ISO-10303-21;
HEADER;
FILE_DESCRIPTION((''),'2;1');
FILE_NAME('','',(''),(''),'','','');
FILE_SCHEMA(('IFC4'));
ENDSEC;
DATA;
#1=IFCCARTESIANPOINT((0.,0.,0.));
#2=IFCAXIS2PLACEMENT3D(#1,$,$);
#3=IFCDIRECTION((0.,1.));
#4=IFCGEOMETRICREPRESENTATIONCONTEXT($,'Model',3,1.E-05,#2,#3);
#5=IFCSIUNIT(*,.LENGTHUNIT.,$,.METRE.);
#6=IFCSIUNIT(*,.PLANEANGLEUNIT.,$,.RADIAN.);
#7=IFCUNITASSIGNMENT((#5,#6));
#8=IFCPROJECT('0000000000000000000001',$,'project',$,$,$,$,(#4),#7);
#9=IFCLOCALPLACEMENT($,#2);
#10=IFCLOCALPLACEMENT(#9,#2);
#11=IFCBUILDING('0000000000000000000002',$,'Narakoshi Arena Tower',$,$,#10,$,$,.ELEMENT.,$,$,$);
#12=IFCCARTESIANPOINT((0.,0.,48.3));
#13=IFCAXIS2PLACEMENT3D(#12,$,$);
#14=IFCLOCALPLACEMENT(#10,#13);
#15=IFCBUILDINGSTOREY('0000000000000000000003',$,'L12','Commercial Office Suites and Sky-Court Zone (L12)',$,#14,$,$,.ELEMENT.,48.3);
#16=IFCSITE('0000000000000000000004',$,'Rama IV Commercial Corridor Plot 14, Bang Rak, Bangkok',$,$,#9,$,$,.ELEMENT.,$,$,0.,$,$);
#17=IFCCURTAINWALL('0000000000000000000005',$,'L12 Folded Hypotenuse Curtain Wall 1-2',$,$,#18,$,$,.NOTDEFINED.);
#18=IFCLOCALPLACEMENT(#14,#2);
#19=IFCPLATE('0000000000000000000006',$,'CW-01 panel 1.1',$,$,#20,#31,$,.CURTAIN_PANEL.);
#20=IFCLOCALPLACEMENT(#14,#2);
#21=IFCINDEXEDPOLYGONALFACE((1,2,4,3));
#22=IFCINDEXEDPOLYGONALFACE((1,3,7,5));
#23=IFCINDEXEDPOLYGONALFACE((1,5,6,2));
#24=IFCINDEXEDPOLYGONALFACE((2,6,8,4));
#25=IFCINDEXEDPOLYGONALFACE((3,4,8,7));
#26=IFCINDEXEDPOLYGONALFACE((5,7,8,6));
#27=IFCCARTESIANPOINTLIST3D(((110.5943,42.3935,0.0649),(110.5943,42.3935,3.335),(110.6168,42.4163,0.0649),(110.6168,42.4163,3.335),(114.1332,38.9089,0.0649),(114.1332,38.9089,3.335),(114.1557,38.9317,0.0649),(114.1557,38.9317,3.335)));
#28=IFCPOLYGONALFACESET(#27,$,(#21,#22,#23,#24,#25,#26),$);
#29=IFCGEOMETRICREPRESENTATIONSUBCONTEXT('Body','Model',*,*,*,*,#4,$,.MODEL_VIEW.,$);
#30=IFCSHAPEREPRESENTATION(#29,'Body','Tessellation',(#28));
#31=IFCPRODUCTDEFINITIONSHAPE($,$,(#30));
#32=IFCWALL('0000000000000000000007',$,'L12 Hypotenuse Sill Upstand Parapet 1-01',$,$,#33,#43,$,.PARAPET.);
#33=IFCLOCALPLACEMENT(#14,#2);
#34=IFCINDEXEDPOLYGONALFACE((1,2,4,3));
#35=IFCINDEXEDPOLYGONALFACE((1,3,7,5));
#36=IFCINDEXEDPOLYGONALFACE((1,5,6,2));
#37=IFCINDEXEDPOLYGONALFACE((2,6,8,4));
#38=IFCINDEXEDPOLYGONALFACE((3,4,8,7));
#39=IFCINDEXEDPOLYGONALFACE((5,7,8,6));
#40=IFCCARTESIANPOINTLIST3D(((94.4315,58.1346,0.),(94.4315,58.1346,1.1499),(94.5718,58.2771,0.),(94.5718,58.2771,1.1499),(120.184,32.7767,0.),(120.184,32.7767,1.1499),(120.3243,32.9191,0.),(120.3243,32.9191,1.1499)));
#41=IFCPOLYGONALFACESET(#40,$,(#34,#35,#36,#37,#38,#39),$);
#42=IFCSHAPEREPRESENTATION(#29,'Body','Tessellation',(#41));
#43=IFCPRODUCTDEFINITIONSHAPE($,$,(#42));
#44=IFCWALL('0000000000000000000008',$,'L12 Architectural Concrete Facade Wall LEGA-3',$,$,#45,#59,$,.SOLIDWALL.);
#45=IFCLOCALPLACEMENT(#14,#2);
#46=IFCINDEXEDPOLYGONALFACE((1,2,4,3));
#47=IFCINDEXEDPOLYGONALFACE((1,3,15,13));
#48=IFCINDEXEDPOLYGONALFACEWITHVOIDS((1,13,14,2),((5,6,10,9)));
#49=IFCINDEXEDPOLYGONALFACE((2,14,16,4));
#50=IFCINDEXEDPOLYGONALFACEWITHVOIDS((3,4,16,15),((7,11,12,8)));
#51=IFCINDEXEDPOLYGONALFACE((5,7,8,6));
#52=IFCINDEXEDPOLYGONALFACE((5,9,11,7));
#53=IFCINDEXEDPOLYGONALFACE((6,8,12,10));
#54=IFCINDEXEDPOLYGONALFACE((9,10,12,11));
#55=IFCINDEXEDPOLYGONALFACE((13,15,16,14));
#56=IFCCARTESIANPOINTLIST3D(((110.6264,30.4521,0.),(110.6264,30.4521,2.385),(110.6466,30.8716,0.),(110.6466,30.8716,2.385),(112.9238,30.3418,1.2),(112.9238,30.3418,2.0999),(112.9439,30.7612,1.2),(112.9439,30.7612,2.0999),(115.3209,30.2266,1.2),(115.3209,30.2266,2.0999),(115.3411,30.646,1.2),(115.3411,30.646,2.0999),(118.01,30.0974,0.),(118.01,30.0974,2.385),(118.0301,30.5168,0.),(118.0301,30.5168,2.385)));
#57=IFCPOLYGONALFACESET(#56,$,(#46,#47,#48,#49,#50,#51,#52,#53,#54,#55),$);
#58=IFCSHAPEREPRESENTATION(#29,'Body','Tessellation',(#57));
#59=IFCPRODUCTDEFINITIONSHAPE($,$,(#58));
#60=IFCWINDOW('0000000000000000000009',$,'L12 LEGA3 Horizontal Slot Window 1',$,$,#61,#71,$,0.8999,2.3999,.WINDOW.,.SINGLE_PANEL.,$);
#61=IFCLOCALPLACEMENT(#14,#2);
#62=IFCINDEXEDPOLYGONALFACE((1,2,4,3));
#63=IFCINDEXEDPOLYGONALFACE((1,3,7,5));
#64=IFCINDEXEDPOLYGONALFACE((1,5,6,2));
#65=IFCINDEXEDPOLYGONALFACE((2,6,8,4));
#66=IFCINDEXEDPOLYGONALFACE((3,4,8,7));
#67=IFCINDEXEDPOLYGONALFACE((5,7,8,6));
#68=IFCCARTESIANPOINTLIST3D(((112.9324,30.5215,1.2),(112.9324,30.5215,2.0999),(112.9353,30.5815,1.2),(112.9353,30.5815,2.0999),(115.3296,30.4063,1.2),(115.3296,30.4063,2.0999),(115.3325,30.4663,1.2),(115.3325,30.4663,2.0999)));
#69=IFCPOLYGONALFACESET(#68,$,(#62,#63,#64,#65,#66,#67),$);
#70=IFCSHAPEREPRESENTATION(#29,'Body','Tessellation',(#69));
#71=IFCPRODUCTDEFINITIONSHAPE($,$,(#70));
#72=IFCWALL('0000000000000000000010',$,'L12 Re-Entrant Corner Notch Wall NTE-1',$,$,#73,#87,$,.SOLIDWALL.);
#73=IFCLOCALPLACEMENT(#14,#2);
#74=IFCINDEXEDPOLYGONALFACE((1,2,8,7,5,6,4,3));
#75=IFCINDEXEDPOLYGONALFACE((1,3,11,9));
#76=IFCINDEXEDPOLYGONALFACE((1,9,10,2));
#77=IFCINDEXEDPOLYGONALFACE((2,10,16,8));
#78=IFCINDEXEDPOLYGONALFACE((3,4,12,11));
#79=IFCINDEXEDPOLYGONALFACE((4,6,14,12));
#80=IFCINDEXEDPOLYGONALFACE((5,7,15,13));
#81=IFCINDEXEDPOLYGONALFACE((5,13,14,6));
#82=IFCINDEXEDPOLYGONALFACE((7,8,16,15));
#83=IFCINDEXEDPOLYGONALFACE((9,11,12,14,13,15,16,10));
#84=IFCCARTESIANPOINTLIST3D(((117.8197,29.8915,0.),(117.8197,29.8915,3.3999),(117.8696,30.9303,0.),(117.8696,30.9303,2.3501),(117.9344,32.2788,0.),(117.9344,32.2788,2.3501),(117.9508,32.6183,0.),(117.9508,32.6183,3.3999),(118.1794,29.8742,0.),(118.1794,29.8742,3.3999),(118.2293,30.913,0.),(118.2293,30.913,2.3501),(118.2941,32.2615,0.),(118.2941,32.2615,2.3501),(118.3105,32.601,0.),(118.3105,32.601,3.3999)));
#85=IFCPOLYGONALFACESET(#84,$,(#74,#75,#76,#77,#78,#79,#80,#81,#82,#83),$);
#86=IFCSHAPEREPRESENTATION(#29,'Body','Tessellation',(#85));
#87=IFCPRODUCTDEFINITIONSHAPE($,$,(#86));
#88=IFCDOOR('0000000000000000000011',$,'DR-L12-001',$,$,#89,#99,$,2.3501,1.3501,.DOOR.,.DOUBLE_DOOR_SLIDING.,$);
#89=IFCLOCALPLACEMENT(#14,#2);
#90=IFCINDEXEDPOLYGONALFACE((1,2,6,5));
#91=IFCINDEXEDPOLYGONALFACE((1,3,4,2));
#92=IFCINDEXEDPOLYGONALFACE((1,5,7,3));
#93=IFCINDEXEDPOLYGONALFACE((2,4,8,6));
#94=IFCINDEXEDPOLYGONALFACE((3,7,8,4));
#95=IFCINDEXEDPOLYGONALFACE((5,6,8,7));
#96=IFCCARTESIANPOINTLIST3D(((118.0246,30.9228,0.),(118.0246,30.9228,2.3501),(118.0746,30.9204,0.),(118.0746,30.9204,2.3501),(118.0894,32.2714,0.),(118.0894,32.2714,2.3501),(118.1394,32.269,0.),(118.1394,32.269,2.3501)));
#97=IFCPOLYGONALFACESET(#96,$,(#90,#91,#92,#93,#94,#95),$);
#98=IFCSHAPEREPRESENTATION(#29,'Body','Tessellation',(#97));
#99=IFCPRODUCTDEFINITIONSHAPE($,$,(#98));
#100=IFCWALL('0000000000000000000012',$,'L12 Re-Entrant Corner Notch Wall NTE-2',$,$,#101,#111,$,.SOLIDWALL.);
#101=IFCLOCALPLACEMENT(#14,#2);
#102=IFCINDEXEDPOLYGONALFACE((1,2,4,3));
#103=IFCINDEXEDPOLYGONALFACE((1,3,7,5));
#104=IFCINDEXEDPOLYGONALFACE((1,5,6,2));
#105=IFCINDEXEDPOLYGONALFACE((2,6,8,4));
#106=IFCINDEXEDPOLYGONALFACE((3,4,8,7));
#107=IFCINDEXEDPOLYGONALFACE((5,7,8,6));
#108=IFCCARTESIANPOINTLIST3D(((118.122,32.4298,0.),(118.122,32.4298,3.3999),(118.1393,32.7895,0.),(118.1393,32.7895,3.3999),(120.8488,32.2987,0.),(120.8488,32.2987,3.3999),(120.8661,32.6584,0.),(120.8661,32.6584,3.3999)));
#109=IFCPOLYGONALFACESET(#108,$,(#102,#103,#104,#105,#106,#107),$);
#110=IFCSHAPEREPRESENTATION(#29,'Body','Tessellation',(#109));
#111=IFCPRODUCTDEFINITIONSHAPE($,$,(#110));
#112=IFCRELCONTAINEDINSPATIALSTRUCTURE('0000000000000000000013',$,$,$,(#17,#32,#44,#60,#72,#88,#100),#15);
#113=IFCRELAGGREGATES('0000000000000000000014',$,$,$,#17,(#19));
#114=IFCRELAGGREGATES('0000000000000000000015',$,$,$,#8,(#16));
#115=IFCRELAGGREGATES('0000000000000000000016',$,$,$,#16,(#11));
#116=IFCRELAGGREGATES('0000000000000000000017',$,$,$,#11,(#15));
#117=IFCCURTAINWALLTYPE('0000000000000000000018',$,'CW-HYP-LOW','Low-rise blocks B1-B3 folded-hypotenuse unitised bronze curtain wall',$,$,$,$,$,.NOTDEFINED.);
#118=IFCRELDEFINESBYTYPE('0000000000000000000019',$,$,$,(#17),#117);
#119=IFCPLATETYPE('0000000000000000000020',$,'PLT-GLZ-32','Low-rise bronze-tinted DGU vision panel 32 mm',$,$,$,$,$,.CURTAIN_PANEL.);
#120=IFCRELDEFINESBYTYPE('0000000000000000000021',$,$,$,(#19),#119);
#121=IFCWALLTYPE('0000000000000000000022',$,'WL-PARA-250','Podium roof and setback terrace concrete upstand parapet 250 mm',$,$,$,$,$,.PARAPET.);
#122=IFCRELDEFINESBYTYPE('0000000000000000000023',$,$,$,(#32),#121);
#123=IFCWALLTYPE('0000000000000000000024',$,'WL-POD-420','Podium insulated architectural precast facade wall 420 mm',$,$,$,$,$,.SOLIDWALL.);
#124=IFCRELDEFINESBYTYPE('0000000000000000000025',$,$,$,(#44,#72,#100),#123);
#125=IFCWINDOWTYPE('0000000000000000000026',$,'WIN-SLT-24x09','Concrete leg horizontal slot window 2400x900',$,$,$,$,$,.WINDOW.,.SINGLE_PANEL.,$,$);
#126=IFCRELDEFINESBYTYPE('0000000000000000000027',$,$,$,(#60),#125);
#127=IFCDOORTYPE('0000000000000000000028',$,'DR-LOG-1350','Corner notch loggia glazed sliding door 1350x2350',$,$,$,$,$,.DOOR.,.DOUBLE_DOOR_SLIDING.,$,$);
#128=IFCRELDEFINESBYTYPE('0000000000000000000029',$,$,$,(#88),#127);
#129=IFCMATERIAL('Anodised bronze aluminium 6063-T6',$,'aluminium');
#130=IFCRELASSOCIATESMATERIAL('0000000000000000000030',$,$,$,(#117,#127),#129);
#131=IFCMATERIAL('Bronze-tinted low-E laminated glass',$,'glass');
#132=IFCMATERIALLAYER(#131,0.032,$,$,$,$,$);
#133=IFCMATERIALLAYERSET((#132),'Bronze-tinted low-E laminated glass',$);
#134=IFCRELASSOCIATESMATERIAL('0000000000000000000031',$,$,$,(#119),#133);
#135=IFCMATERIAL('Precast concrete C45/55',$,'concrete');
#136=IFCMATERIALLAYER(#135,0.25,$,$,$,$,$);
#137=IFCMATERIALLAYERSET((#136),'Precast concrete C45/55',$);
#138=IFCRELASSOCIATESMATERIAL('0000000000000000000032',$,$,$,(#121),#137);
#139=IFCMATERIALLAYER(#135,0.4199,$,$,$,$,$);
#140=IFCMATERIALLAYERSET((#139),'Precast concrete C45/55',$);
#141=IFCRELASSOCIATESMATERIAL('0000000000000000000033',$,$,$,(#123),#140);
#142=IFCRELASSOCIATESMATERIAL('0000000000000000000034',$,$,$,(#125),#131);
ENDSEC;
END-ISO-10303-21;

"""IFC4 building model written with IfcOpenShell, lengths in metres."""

from ifc_helpers import new_model, si_unit, direction, frame, frame_2d, origin, origin_2d, place, context, subcontext, project, spatial, rectangle, extrude, material, layer, layer_set, type_object, element, fill, aggregate, save


model = new_model("IFC4")

# Units and contexts
model_context = context("Model", 3, precision=1e-05, world=origin(), true_north=direction((0.0, 1.0)))
body_context = subcontext(model_context, "Body", "Model", "MODEL_VIEW")
ifc_project = project(units=[si_unit("LENGTHUNIT", "METRE"), si_unit("PLANEANGLEUNIT", "RADIAN")], contexts=[model_context])

# Site, building, storey
site_placement = place(None, origin())
site = spatial("IfcSite", under=ifc_project, at=site_placement, Name="Rama IV Commercial Corridor Plot 14, Bang Rak, Bangkok", CompositionType="ELEMENT", RefElevation=0.0)
building_placement = place(site_placement, origin())
building = spatial("IfcBuilding", under=site, at=building_placement, Name="Narakoshi Arena Tower", CompositionType="ELEMENT")
storey_placement = place(building_placement, frame((0.0, 0.0, 48.3)))
storey = spatial("IfcBuildingStorey", under=building, at=storey_placement, Name="L12", Description="Commercial Office Suites and Sky-Court Zone (L12)", CompositionType="ELEMENT", Elevation=48.3)

# Curtain wall
ifc_material_1 = material(Name="Anodised bronze aluminium 6063-T6", Category="aluminium")
curtain_wall_type = type_object("IfcCurtainWallType", Name="CW-HYP-LOW", Description="Low-rise blocks B1-B3 folded-hypotenuse unitised bronze curtain wall", PredefinedType="NOTDEFINED", material=ifc_material_1)
curtain_wall_1_placement = place(storey_placement, origin())
curtain_wall_1 = element("IfcCurtainWall", 1, at=curtain_wall_1_placement, inside=storey, type_object=curtain_wall_type, Name="L12 Folded Hypotenuse Curtain Wall 1-2", PredefinedType="NOTDEFINED")

# Plate
ifc_material_2 = material(Name="Bronze-tinted low-E laminated glass", Category="glass")
ifc_layer_1 = layer(ifc_material_2, 0.032)
ifc_layer_set_1 = layer_set([ifc_layer_1], Name="Bronze-tinted low-E laminated glass")
plate_type = type_object("IfcPlateType", Name="PLT-GLZ-32", Description="Low-rise bronze-tinted DGU vision panel 32 mm", PredefinedType="CURTAIN_PANEL", material=ifc_layer_set_1)
plate_1_placement = place(storey_placement, frame((112.375, 40.6626, 0.0649), z_axis=(0.0, 0.0, 1.0), x_axis=(-0.712548, 0.701623, 0.0)))
plate_1 = element("IfcPlate", 2, at=plate_1_placement, type_object=plate_type, Name="CW-01 panel 1.1", PredefinedType="CURTAIN_PANEL", context=body_context, shape_type="SweptSolid", body=[
    extrude(rectangle(XDim=4.9666, YDim=0.032, at=origin_2d()), origin(), (0.0, 0.0, 1.0), 3.27),
])
aggregate(curtain_wall_1, [plate_1])

# Wall
ifc_material_3 = material(Name="Precast concrete C45/55", Category="concrete")
ifc_layer_2 = layer(ifc_material_3, 0.25)
ifc_layer_set_2 = layer_set([ifc_layer_2], Name="Precast concrete C45/55")
wall_type_1 = type_object("IfcWallType", Name="WL-PARA-250", Description="Podium roof and setback terrace concrete upstand parapet 250 mm", PredefinedType="PARAPET", material=ifc_layer_set_2)
wall_1_placement = place(storey_placement, frame((120.2542, 32.8479, 0.0), z_axis=(0.0, 0.0, 1.0), x_axis=(-0.712544, 0.701628, 0.0)))
element("IfcWall", 3, at=wall_1_placement, inside=storey, type_object=wall_type_1, Name="L12 Hypotenuse Sill Upstand Parapet 1-01", PredefinedType="PARAPET", context=body_context, shape_type="SweptSolid", body=[
    extrude(rectangle(XDim=36.1416, YDim=0.2, at=frame_2d((18.0708, 0.0))), origin(), (0.0, 0.0, 1.0), 1.1499),
])

# Wall, opening, window
ifc_layer_3 = layer(ifc_material_3, 0.4199)
ifc_layer_set_3 = layer_set([ifc_layer_3], Name="Precast concrete C45/55")
wall_type_2 = type_object("IfcWallType", Name="WL-POD-420", Description="Podium insulated architectural precast facade wall 420 mm", PredefinedType="SOLIDWALL", material=ifc_layer_set_3)
wall_2_placement = place(storey_placement, frame((110.6365, 30.6619, 0.0), z_axis=(0.0, 0.0, 1.0), x_axis=(0.998848, -0.047989, 0.0)))
wall_2 = element("IfcWall", 4, at=wall_2_placement, inside=storey, type_object=wall_type_2, Name="L12 Architectural Concrete Facade Wall LEGA-3", PredefinedType="SOLIDWALL", context=body_context, shape_type="SweptSolid", body=[
    extrude(rectangle(XDim=7.3921, YDim=0.4199, at=frame_2d((3.696, 0.0))), origin(), (0.0, 0.0, 1.0), 2.385),
])
opening_1_placement = place(wall_2_placement, frame((2.3, 0.0, 1.2)))
opening_1 = element("IfcOpeningElement", 5, at=opening_1_placement, cuts=wall_2, PredefinedType="OPENING", context=body_context, shape_type="SweptSolid", body=[
    extrude(rectangle(XDim=2.3999, YDim=0.8999, at=frame_2d((1.2, 0.45))), frame((0.0, 0.22, 0.0), z_axis=(0.0, -1.0, 0.0), x_axis=(1.0, 0.0, 0.0)), (0.0, 0.0, 1.0), 0.4399),
])
window_type = type_object("IfcWindowType", Name="WIN-SLT-24x09", Description="Concrete leg horizontal slot window 2400x900", PartitioningType="SINGLE_PANEL", PredefinedType="WINDOW", material=ifc_material_2)
window_placement = place(opening_1_placement, origin())
window = element("IfcWindow", 6, at=window_placement, inside=storey, type_object=window_type, Name="L12 LEGA3 Horizontal Slot Window 1", OverallHeight=0.8999, OverallWidth=2.3999, PartitioningType="SINGLE_PANEL", PredefinedType="WINDOW", context=body_context, shape_type="SweptSolid", body=[
    extrude(rectangle(XDim=2.3999, YDim=0.8999, at=frame_2d((1.2, 0.45))), frame((0.0, 0.03, 0.0), z_axis=(0.0, -1.0, 0.0), x_axis=(1.0, 0.0, 0.0)), (0.0, 0.0, 1.0), 0.0601),
])
fill(opening_1, window)

# Wall, opening, door
wall_3_placement = place(storey_placement, frame((117.9995, 29.8828, 0.0), z_axis=(0.0, 0.0, 1.0), x_axis=(0.048024, 0.998846, 0.0)))
wall_3 = element("IfcWall", 7, at=wall_3_placement, inside=storey, type_object=wall_type_2, Name="L12 Re-Entrant Corner Notch Wall NTE-1", PredefinedType="SOLIDWALL", context=body_context, shape_type="SweptSolid", body=[
    extrude(rectangle(XDim=2.73, YDim=0.3601, at=frame_2d((1.365, 0.0))), origin(), (0.0, 0.0, 1.0), 3.3999),
])
opening_2_placement = place(wall_3_placement, frame((1.04, 0.0, 0.0)))
opening_2 = element("IfcOpeningElement", 8, at=opening_2_placement, cuts=wall_3, PredefinedType="OPENING", context=body_context, shape_type="SweptSolid", body=[
    extrude(rectangle(XDim=1.3501, YDim=2.3501, at=frame_2d((0.675, 1.175))), frame((0.0, 0.1899, 0.0), z_axis=(0.0, -1.0, 0.0), x_axis=(1.0, 0.0, 0.0)), (0.0, 0.0, 1.0), 0.3801),
])
door_type = type_object("IfcDoorType", Name="DR-LOG-1350", Description="Corner notch loggia glazed sliding door 1350x2350", OperationType="DOUBLE_DOOR_SLIDING", PredefinedType="DOOR", material=ifc_material_1)
door_placement = place(opening_2_placement, origin())
door = element("IfcDoor", 9, at=door_placement, inside=storey, type_object=door_type, Name="DR-L12-001", OperationType="DOUBLE_DOOR_SLIDING", OverallHeight=2.3501, OverallWidth=1.3501, PredefinedType="DOOR", context=body_context, shape_type="SweptSolid", body=[
    extrude(rectangle(XDim=1.3501, YDim=2.3501, at=frame_2d((0.675, 1.175))), frame((0.0, 0.0249, 0.0), z_axis=(0.0, -1.0, 0.0), x_axis=(1.0, 0.0, 0.0)), (0.0, 0.0, 1.0), 0.05),
])
fill(opening_2, door)

# Wall
wall_4_placement = place(storey_placement, frame((118.1306, 32.6096, 0.0), z_axis=(0.0, 0.0, 1.0), x_axis=(0.998846, -0.048024, 0.0)))
element("IfcWall", 10, at=wall_4_placement, inside=storey, type_object=wall_type_2, Name="L12 Re-Entrant Corner Notch Wall NTE-2", PredefinedType="SOLIDWALL", context=body_context, shape_type="SweptSolid", body=[
    extrude(rectangle(XDim=2.73, YDim=0.3601, at=frame_2d((1.365, 0.0))), origin(), (0.0, 0.0, 1.0), 3.3999),
])

save(model, "model.ifc")
